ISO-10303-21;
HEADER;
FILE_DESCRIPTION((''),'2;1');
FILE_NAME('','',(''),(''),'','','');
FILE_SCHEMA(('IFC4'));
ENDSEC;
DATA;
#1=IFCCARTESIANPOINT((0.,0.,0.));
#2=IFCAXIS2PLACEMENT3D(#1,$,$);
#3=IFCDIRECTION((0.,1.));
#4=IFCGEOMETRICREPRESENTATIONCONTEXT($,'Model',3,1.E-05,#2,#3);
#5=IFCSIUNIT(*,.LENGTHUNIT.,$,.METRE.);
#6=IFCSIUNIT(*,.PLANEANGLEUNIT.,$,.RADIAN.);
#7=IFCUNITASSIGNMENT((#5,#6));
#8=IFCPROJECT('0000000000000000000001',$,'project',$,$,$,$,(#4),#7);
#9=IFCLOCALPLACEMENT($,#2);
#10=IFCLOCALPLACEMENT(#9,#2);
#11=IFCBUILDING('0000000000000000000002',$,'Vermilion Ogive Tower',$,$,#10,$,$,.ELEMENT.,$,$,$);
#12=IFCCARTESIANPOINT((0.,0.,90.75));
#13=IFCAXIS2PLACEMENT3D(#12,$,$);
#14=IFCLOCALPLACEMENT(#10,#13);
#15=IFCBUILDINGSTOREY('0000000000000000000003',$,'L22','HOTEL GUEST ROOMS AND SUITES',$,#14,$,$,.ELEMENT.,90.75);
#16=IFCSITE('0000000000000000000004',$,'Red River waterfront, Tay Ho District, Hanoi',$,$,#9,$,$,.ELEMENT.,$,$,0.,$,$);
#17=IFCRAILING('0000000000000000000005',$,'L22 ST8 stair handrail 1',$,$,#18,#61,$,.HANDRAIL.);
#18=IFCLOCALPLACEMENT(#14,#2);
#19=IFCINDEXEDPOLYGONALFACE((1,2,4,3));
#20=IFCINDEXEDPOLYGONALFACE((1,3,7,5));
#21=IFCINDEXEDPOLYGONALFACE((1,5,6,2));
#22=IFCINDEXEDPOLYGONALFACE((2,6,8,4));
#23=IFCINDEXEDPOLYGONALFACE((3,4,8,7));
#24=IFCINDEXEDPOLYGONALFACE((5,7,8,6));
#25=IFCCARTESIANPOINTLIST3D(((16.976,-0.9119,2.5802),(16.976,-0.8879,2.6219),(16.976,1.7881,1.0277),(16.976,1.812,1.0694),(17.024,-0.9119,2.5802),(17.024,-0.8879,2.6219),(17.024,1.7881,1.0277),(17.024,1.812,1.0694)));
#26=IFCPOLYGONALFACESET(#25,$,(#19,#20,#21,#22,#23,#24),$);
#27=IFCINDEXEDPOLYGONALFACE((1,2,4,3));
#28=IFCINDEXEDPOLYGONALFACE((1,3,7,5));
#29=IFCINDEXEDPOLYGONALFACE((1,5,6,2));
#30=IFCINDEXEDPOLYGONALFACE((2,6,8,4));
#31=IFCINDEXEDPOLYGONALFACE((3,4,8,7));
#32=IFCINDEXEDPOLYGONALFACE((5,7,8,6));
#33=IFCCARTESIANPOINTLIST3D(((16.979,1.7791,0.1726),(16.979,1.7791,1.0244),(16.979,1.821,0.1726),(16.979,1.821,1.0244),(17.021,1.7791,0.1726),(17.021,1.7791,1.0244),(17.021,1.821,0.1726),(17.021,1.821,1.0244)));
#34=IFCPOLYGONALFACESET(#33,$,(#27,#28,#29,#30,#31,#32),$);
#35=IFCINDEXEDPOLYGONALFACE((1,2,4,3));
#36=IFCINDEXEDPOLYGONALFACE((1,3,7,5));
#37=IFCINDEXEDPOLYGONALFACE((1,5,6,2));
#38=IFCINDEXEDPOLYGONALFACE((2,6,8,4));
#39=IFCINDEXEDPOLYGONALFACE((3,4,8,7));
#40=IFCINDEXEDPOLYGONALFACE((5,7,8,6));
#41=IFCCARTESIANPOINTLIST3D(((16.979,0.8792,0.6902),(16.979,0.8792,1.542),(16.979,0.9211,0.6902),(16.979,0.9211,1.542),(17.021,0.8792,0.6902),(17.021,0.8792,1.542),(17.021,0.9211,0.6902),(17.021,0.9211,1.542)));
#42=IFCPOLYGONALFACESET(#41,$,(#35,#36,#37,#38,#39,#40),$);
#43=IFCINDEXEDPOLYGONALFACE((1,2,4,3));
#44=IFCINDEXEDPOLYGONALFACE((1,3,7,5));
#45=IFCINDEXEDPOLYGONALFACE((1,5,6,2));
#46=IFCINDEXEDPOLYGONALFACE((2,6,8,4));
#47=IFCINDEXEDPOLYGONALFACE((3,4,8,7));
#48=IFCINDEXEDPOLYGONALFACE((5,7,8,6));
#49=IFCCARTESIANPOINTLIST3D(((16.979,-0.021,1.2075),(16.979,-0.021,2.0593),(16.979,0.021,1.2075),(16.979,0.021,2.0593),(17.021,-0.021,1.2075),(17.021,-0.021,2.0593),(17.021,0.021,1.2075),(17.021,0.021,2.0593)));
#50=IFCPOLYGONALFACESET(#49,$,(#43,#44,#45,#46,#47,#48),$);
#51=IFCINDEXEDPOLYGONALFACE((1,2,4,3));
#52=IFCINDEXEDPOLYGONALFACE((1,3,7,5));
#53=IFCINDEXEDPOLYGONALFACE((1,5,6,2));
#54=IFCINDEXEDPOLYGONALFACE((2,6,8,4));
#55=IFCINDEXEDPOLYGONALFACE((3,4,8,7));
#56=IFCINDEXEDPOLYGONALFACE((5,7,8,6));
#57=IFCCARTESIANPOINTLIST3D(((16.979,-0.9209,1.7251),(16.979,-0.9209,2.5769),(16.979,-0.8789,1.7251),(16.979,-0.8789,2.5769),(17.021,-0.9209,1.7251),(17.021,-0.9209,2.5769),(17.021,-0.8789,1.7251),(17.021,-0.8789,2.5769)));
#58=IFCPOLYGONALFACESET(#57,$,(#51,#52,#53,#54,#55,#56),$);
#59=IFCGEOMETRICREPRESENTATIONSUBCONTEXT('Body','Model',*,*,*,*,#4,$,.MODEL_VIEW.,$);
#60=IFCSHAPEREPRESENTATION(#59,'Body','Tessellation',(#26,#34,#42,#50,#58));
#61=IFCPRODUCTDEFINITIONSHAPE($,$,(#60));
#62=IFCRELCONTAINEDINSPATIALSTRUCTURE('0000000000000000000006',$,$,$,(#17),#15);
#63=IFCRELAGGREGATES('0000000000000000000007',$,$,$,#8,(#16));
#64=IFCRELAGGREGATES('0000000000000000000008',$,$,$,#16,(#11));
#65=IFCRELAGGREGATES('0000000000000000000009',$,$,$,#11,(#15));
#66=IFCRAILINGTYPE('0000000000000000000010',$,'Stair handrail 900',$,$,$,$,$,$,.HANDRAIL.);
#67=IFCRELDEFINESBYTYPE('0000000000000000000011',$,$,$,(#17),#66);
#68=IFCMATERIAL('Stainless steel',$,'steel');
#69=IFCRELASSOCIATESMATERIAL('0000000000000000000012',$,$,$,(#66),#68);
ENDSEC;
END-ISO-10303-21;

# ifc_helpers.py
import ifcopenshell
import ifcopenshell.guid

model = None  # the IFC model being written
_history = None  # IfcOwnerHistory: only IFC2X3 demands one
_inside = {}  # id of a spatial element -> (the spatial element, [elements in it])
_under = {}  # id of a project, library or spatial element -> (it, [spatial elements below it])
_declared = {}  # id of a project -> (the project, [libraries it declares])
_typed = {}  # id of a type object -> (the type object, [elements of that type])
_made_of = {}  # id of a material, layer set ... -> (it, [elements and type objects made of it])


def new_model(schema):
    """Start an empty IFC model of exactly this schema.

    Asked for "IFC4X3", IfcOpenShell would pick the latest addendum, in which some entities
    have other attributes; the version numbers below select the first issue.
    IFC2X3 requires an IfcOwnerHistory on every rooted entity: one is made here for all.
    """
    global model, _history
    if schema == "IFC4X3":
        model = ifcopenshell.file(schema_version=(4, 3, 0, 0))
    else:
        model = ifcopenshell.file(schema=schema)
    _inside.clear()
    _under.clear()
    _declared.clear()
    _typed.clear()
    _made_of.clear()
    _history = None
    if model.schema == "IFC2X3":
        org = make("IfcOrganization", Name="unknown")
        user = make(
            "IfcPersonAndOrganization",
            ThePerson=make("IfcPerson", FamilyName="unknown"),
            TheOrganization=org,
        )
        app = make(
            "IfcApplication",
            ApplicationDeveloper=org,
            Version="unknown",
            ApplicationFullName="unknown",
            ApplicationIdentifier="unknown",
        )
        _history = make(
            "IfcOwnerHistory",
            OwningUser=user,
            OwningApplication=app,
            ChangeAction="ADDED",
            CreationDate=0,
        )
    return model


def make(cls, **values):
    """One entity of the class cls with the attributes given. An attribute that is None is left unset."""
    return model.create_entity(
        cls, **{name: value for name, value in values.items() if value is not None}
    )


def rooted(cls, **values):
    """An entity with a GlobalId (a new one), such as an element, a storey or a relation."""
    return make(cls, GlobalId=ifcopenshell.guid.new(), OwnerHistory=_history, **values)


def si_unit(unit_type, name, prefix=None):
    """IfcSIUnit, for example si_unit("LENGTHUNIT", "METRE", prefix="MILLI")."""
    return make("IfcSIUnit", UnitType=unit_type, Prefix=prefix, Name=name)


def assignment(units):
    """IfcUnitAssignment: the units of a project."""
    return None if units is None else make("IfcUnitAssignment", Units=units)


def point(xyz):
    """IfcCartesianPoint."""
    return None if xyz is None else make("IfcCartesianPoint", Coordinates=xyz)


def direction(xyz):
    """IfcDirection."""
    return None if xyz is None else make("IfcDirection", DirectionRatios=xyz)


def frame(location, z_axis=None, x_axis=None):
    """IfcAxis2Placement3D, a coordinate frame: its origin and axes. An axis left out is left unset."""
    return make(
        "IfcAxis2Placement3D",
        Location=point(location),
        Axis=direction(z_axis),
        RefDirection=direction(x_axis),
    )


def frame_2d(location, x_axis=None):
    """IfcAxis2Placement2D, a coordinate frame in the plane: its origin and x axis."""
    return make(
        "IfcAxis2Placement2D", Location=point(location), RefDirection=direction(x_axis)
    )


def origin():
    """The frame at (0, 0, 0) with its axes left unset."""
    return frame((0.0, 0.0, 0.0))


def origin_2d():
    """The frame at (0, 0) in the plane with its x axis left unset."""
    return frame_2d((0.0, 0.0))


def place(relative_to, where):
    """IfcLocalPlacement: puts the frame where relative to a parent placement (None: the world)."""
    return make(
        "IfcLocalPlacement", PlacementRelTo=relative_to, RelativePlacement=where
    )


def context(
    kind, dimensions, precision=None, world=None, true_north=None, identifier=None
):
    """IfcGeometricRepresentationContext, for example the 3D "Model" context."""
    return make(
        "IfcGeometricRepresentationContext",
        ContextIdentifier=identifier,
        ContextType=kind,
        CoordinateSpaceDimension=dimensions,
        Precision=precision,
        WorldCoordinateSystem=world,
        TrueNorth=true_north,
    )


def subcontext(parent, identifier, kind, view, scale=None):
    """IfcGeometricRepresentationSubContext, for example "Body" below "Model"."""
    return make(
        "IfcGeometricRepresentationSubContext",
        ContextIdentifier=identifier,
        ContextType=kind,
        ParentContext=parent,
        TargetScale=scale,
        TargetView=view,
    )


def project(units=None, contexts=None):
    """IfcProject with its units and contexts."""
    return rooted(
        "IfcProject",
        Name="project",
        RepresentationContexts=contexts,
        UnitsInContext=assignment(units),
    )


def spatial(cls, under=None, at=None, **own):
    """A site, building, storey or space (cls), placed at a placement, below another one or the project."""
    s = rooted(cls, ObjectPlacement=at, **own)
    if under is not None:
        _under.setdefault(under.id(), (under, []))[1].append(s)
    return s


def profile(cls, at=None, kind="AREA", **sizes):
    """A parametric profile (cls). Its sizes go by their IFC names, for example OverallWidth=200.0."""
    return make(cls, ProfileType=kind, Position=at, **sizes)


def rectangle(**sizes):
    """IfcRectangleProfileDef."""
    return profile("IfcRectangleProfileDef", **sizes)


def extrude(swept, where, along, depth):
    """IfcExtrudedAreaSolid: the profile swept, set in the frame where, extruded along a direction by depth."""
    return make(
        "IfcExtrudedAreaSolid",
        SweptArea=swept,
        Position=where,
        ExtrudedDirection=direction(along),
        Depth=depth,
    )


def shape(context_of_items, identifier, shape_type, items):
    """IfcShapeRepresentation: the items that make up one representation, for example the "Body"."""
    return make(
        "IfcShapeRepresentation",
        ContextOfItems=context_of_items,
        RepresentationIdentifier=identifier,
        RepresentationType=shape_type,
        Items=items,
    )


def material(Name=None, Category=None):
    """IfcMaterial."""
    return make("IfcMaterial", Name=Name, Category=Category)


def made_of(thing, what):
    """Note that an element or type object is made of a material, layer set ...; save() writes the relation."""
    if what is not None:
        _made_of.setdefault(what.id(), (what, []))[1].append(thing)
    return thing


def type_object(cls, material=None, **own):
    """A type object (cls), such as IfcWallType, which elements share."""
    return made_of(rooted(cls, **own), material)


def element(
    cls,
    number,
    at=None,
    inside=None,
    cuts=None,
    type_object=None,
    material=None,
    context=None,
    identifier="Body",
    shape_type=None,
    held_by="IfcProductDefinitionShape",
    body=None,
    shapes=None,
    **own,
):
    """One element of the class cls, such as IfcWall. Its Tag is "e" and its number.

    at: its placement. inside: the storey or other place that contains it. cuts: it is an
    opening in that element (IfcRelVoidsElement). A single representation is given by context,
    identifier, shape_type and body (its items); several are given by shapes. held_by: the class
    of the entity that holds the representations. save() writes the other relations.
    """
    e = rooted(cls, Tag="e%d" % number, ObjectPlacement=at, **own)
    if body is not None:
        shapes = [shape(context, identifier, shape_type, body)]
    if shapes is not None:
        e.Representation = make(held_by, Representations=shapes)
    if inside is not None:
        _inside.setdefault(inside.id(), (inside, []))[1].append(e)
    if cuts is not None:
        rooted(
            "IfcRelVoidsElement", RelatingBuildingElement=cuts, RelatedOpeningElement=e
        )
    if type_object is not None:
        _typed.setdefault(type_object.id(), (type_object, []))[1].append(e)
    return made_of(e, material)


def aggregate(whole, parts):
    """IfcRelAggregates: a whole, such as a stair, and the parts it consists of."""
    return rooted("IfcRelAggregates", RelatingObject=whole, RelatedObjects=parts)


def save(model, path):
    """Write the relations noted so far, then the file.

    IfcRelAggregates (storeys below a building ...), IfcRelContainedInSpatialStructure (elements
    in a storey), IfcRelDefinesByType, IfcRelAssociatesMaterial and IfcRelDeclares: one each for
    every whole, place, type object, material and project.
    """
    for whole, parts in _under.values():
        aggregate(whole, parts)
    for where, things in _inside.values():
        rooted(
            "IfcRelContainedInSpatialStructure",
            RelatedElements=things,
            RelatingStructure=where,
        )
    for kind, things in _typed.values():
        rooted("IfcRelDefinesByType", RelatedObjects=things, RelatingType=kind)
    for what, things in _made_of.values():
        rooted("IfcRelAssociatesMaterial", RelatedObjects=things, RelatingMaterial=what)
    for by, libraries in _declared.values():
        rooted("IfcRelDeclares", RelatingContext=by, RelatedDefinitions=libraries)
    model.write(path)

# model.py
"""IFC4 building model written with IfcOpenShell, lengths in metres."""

from ifc_helpers import new_model, si_unit, direction, frame, origin, origin_2d, place, context, subcontext, project, spatial, rectangle, extrude, material, type_object, element, save


model = new_model("IFC4")

# Units and contexts
model_context = context("Model", 3, precision=1e-05, world=origin(), true_north=direction((0.0, 1.0)))
body_context = subcontext(model_context, "Body", "Model", "MODEL_VIEW")
ifc_project = project(units=[si_unit("LENGTHUNIT", "METRE"), si_unit("PLANEANGLEUNIT", "RADIAN")], contexts=[model_context])

# Site, building, storey
site_placement = place(None, origin())
site = spatial("IfcSite", under=ifc_project, at=site_placement, Name="Red River waterfront, Tay Ho District, Hanoi", CompositionType="ELEMENT", RefElevation=0.0)
building_placement = place(site_placement, origin())
building = spatial("IfcBuilding", under=site, at=building_placement, Name="Vermilion Ogive Tower", CompositionType="ELEMENT")
storey_placement = place(building_placement, frame((0.0, 0.0, 90.75)))
storey = spatial("IfcBuildingStorey", under=building, at=storey_placement, Name="L22", Description="HOTEL GUEST ROOMS AND SUITES", CompositionType="ELEMENT", Elevation=90.75)

# Railing
ifc_material_1 = material(Name="Stainless steel", Category="steel")
railing_type_1 = type_object("IfcRailingType", Name="Stair handrail 900", PredefinedType="HANDRAIL", material=ifc_material_1)
railing_1_placement = place(storey_placement, frame((17.0, 1.8, 0.1726)))
element("IfcRailing", 1, at=railing_1_placement, inside=storey, type_object=railing_type_1, Name="L22 ST8 stair handrail 1", PredefinedType="HANDRAIL", context=body_context, shape_type="SweptSolid", body=[
    extrude(rectangle(XDim=0.0481, YDim=0.0481, at=origin_2d()), frame((0.0, 0.0, 0.876), z_axis=(0.0, -0.866904, 0.498476), x_axis=(1.0, 0.0, 0.0)), (0.0, 0.0, 1.0), 3.1145),
    extrude(rectangle(XDim=0.042, YDim=0.042, at=origin_2d()), origin(), (0.0, 0.0, 1.0), 0.8518),
    extrude(rectangle(XDim=0.042, YDim=0.042, at=origin_2d()), frame((0.0, -0.8999, 0.5176)), (0.0, 0.0, 1.0), 0.8518),
    extrude(rectangle(XDim=0.042, YDim=0.042, at=origin_2d()), frame((0.0, -1.8, 1.0349)), (0.0, 0.0, 1.0), 0.8518),
    extrude(rectangle(XDim=0.042, YDim=0.042, at=origin_2d()), frame((0.0, -2.7, 1.5525)), (0.0, 0.0, 1.0), 0.8518),
])

save(model, "model.ifc")
